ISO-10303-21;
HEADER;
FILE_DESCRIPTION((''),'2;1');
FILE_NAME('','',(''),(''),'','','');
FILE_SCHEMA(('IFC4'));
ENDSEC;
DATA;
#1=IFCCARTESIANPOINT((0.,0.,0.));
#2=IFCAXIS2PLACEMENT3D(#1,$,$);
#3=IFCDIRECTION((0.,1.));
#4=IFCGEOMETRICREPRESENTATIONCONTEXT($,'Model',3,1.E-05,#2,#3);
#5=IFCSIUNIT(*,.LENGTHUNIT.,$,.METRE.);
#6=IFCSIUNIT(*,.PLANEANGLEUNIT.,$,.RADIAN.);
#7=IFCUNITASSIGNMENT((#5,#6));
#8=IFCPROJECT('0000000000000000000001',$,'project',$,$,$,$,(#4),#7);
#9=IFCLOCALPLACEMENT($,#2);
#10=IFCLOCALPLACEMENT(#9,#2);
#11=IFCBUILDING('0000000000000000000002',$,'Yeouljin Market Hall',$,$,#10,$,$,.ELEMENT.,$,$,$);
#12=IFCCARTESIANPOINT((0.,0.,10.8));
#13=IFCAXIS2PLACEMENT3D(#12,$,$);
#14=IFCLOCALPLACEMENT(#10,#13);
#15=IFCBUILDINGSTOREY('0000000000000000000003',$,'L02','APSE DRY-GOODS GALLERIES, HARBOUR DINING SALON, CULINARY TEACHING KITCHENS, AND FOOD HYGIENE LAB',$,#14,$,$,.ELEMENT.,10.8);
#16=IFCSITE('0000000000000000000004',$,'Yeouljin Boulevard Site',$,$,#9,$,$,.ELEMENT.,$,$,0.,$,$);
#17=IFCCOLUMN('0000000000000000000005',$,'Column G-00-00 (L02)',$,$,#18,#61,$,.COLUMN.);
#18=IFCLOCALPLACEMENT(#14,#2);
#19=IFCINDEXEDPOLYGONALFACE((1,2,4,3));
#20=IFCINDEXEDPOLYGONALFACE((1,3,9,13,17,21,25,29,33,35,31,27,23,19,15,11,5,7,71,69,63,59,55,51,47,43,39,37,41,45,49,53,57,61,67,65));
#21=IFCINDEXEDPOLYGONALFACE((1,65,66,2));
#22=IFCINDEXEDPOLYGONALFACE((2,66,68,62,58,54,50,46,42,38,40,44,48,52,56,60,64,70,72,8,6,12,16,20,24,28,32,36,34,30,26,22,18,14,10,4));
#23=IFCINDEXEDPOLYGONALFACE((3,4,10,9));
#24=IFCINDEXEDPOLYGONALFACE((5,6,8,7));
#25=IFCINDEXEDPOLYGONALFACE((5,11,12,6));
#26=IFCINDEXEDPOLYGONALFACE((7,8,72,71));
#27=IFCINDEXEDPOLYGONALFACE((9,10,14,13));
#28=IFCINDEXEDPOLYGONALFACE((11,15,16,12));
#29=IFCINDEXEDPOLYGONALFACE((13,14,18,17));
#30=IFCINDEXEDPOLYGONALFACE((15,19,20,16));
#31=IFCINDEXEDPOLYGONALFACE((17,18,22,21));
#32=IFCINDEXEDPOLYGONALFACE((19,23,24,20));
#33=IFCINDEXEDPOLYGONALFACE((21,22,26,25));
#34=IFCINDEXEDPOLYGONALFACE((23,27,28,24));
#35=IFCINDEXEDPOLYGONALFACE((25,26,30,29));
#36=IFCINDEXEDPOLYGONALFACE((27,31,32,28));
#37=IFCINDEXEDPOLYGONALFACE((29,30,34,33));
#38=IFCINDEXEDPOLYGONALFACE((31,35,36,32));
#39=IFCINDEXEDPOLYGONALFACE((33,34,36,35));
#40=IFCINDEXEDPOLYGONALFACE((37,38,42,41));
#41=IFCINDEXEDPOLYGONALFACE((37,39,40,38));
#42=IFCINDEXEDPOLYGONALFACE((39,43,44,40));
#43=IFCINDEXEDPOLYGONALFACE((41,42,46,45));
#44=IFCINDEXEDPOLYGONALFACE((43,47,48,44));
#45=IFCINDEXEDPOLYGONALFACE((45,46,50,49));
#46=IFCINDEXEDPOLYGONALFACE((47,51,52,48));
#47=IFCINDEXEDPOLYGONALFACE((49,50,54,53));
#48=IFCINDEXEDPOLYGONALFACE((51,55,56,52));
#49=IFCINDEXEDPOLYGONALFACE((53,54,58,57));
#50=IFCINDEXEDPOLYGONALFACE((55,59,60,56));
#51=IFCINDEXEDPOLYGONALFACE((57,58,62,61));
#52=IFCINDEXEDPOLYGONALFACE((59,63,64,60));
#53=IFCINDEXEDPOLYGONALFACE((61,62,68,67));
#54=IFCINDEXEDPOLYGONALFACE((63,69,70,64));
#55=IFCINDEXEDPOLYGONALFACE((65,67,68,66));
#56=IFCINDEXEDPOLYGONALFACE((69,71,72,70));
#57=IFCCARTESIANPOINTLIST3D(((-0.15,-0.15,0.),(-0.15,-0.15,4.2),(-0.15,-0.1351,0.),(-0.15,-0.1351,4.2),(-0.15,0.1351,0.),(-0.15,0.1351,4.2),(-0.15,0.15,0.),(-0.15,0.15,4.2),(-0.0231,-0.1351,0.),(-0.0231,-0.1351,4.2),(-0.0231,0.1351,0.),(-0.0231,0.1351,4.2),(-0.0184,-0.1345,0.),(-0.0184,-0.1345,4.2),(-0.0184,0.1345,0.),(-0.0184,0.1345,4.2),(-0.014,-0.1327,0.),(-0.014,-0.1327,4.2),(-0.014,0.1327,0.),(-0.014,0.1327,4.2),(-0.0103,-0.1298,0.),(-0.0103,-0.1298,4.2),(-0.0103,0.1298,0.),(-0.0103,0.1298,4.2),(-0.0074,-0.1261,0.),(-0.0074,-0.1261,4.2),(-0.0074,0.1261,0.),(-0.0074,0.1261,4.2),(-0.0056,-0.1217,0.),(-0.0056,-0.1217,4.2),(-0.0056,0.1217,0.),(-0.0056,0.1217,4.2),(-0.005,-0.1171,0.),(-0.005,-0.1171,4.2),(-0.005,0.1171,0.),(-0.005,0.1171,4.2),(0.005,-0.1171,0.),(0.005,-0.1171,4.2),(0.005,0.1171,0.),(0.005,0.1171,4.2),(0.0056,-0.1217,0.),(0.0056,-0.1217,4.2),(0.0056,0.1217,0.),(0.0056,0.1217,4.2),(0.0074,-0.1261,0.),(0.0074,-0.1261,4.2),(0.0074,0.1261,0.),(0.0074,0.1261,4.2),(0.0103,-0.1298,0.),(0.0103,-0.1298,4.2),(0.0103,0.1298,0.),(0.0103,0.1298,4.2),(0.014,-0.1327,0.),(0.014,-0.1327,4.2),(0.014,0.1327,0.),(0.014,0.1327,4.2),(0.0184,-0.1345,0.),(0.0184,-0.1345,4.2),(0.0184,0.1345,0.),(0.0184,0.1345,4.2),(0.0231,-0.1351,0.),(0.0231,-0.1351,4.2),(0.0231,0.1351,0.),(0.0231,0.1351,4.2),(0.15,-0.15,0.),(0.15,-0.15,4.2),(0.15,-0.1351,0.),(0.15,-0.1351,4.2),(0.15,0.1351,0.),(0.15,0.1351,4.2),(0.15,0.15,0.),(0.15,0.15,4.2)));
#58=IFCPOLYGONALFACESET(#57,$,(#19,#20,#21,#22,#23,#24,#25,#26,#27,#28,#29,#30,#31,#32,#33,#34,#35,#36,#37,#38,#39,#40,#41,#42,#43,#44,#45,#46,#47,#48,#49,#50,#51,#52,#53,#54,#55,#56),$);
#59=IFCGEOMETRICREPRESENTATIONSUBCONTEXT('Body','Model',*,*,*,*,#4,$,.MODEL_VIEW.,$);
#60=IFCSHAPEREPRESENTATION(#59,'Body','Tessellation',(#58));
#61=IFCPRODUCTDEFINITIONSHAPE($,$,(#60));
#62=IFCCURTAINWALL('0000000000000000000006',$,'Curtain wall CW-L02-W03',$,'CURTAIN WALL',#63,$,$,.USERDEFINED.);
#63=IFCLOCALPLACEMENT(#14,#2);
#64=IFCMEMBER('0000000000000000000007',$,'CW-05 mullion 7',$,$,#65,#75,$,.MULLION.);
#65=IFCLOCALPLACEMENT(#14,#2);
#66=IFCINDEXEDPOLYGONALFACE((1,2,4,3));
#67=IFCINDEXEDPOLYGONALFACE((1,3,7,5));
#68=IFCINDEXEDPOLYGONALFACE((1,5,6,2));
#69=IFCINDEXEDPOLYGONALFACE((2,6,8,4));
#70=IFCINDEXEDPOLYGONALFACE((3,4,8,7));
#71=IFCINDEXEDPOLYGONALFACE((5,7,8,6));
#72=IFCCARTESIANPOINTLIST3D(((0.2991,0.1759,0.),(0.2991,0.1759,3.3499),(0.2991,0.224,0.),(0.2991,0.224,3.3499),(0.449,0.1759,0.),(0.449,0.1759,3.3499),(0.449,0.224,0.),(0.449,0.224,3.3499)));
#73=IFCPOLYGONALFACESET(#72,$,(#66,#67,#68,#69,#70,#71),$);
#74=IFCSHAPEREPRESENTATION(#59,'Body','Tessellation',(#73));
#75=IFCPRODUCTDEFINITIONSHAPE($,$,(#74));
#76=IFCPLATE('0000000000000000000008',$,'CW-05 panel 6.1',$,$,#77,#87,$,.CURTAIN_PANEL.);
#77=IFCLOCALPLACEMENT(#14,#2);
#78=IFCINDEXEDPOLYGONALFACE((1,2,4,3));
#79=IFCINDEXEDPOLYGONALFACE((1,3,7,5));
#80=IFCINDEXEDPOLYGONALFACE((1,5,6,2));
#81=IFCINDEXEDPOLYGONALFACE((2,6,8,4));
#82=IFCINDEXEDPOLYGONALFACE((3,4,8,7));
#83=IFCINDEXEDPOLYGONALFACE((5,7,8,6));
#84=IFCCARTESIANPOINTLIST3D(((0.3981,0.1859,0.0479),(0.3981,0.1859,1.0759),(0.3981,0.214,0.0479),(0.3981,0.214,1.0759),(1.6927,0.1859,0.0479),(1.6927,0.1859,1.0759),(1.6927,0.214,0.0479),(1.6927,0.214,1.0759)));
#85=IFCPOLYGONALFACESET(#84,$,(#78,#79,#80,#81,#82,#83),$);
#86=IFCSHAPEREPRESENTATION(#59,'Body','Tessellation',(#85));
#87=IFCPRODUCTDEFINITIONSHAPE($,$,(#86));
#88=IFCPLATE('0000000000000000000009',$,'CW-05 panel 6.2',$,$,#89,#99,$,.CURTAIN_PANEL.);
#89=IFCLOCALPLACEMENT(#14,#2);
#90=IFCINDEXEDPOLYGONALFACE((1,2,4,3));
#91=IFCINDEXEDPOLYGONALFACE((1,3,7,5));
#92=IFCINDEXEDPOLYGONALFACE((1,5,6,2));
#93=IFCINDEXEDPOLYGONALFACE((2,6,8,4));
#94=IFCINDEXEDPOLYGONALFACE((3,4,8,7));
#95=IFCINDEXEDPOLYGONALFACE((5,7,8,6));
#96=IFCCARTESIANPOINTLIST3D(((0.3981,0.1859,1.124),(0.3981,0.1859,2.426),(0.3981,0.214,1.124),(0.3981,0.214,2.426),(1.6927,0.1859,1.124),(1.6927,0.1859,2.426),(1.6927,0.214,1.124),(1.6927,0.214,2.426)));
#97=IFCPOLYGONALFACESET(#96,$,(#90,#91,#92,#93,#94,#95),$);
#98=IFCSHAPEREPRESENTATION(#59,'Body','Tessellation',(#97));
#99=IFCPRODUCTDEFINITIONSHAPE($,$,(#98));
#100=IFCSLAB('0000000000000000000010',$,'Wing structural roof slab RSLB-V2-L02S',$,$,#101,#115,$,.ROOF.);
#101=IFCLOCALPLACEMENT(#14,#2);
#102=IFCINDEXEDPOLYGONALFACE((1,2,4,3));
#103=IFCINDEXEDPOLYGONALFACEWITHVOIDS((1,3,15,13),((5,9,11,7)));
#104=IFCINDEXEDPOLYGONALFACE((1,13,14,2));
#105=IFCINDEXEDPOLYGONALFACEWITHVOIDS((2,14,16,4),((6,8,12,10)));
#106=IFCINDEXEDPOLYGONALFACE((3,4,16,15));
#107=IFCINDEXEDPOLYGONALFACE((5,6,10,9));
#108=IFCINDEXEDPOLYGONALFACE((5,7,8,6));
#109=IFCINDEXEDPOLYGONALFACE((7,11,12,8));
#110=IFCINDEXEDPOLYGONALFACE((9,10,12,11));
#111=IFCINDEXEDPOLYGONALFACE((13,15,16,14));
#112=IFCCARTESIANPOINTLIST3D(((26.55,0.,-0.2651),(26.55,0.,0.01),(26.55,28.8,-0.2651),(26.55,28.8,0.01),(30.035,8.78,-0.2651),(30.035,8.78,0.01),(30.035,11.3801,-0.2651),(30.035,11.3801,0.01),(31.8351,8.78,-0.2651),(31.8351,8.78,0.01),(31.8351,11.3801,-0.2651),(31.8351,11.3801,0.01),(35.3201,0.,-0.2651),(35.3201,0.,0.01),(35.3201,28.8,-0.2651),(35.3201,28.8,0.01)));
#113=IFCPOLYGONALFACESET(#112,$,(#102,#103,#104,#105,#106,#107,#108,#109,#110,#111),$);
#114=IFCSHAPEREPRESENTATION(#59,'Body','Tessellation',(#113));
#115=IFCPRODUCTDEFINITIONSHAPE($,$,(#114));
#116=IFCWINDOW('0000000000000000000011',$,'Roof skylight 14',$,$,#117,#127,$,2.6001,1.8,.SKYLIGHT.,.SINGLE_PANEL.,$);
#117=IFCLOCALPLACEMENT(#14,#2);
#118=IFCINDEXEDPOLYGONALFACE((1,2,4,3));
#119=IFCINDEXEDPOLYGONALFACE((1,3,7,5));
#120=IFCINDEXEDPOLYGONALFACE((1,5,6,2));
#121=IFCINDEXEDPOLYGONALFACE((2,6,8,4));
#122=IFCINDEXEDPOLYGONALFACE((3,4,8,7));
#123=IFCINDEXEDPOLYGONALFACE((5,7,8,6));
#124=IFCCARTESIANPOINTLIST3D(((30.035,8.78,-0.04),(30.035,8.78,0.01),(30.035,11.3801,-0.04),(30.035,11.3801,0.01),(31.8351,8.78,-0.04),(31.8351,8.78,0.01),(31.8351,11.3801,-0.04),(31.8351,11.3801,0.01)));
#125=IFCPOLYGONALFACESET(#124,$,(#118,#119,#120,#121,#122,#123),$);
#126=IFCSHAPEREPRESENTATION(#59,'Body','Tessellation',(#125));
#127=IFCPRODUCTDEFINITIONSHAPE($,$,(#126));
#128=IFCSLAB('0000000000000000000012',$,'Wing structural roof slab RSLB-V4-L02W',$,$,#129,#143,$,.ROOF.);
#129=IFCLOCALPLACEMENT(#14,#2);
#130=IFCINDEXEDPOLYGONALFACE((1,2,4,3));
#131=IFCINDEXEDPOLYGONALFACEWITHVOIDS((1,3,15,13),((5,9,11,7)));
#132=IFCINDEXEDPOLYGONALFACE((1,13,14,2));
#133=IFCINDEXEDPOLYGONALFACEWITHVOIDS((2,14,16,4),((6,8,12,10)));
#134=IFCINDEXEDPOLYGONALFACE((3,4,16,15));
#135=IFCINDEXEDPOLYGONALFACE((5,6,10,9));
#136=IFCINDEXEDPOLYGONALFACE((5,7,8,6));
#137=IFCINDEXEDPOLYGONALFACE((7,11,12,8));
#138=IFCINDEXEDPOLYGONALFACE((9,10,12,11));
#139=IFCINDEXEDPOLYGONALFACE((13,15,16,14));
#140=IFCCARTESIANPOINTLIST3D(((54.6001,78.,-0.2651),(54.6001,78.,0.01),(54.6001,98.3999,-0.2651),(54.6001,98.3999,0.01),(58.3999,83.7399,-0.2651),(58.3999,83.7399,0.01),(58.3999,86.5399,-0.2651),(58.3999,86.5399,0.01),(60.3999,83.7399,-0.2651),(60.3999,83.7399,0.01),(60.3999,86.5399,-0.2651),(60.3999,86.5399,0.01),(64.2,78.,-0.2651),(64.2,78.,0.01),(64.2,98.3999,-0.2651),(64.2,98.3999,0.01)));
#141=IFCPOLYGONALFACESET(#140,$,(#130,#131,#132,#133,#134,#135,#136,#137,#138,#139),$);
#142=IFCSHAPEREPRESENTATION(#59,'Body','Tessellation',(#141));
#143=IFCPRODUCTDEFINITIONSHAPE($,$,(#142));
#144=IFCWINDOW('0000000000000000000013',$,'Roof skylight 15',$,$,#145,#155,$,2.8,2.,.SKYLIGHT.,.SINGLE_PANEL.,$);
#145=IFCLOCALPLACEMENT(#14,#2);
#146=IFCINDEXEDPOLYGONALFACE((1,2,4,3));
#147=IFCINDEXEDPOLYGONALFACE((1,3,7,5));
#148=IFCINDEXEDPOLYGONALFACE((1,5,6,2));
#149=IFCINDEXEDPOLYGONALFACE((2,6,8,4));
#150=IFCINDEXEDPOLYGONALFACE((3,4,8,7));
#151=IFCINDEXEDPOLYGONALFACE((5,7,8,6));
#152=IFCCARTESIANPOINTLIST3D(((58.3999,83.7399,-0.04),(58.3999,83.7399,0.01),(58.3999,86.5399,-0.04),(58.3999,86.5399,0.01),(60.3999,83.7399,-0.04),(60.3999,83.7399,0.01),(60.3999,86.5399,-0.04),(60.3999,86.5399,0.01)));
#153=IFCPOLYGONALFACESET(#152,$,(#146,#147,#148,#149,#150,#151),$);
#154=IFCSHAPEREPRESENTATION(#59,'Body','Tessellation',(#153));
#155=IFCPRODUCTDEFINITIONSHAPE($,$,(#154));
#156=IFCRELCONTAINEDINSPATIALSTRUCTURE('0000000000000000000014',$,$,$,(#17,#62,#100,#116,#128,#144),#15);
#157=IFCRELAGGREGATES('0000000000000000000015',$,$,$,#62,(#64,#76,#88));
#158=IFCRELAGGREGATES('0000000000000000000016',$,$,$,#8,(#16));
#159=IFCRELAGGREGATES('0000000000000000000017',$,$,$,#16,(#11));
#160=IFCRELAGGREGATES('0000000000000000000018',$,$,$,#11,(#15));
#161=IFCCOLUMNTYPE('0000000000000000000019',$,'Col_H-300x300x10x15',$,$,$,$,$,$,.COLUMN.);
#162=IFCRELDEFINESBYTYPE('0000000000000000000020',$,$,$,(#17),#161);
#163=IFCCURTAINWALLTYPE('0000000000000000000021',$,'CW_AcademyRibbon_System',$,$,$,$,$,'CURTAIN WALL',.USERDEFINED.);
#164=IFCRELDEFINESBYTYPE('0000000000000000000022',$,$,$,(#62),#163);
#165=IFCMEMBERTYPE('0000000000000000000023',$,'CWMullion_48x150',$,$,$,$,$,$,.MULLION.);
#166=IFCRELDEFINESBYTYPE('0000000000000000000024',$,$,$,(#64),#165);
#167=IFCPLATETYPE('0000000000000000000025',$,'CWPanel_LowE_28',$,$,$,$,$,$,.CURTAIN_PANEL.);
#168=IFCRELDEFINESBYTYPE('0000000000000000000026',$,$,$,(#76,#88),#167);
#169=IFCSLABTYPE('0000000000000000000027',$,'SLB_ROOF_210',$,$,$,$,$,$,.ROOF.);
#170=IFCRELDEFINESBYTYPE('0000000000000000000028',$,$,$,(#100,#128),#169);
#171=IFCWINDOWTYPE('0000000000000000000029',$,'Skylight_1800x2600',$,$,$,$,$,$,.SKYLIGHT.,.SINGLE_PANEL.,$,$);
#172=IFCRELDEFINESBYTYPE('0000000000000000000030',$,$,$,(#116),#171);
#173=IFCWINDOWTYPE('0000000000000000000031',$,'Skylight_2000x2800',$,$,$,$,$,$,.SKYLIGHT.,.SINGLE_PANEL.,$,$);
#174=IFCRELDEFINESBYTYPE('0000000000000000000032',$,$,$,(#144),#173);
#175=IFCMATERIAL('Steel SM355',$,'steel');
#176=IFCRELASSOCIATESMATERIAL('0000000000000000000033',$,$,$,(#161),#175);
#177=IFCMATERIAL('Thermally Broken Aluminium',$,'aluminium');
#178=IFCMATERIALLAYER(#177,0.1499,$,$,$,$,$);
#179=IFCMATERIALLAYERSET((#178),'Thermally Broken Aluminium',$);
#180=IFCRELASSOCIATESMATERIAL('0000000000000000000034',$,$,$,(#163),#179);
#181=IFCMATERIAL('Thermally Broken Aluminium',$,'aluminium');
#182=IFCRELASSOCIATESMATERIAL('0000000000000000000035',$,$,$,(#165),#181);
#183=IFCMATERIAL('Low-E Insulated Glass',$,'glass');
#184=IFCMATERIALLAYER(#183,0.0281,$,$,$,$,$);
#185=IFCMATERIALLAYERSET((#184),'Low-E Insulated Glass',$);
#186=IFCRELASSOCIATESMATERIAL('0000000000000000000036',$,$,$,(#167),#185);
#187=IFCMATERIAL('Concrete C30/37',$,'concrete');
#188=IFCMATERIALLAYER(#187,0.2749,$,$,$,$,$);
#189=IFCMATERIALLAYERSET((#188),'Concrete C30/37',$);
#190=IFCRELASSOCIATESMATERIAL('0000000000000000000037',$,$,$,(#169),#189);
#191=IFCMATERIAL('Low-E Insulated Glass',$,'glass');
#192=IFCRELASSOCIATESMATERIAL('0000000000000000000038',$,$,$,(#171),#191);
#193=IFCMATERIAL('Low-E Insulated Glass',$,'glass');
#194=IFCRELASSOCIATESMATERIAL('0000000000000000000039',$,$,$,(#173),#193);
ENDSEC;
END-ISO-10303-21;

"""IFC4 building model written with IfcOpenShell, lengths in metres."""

from ifc_helpers import new_model, si_unit, direction, frame, origin, origin_with_axes, origin_2d, place, context, subcontext, project, spatial, polyline, rectangle, i_section, outline, extrude, material, layer, layer_set, material_profile, profile_set, type_object, element, fill, aggregate, save


model = new_model("IFC4")

# Units and contexts
model_context = context("Model", 3, precision=1e-05, world=origin(), true_north=direction((0.0, 1.0)))
body_context = subcontext(model_context, "Body", "Model", "MODEL_VIEW")
ifc_project = project(units=[si_unit("LENGTHUNIT", "METRE"), si_unit("PLANEANGLEUNIT", "RADIAN")], contexts=[model_context])

# Site, building, storey
site_placement = place(None, origin())
site = spatial("IfcSite", under=ifc_project, at=site_placement, Name="Yeouljin Boulevard Site", CompositionType="ELEMENT", RefElevation=0.0)
building_placement = place(site_placement, origin())
building = spatial("IfcBuilding", under=site, at=building_placement, Name="Yeouljin Market Hall", CompositionType="ELEMENT")
storey_placement = place(building_placement, frame((0.0, 0.0, 10.8)))
storey = spatial("IfcBuildingStorey", under=building, at=storey_placement, Name="L02", Description="APSE DRY-GOODS GALLERIES, HARBOUR DINING SALON, CULINARY TEACHING KITCHENS, AND FOOD HYGIENE LAB", CompositionType="ELEMENT", Elevation=10.8)

# Column
ifc_material_1 = material(Name="Steel SM355", Category="steel")
ifc_material_profile_1 = material_profile(ifc_material_1, i_section(OverallWidth=0.3, OverallDepth=0.3, WebThickness=0.01, FlangeThickness=0.0149, FilletRadius=0.0181, at=origin_2d()), Name="H-300x300x10x15")
ifc_profile_set_1 = profile_set([ifc_material_profile_1], Name="Steel SM355")
column_type = type_object("IfcColumnType", Name="Col_H-300x300x10x15", PredefinedType="COLUMN", material=ifc_profile_set_1)
column_placement = place(storey_placement, origin_with_axes())
element("IfcColumn", 1, at=column_placement, inside=storey, type_object=column_type, Name="Column G-00-00 (L02)", PredefinedType="COLUMN", context=body_context, shape_type="SweptSolid", body=[
    extrude(i_section(OverallWidth=0.3, OverallDepth=0.3, WebThickness=0.01, FlangeThickness=0.0149, FilletRadius=0.0181, at=origin_2d()), origin(), (0.0, 0.0, 1.0), 4.2),
])

# Curtain wall, member, plates
ifc_material_2 = material(Name="Thermally Broken Aluminium", Category="aluminium")
ifc_layer_1 = layer(ifc_material_2, 0.1499)
ifc_layer_set_1 = layer_set([ifc_layer_1], Name="Thermally Broken Aluminium")
curtain_wall_type = type_object("IfcCurtainWallType", Name="CW_AcademyRibbon_System", ElementType="CURTAIN WALL", PredefinedType="USERDEFINED", material=ifc_layer_set_1)
curtain_wall_placement = place(storey_placement, origin())
curtain_wall = element("IfcCurtainWall", 2, at=curtain_wall_placement, inside=storey, type_object=curtain_wall_type, Name="Curtain wall CW-L02-W03", ObjectType="CURTAIN WALL", PredefinedType="USERDEFINED")
ifc_material_3 = material(Name="Thermally Broken Aluminium", Category="aluminium")
ifc_material_profile_2 = material_profile(ifc_material_3, rectangle(XDim=0.0481, YDim=0.1499, at=origin_2d()), Name="CW-MULL-48x150")
ifc_profile_set_2 = profile_set([ifc_material_profile_2], Name="Thermally Broken Aluminium")
member_type = type_object("IfcMemberType", Name="CWMullion_48x150", PredefinedType="MULLION", material=ifc_profile_set_2)
member_placement = place(storey_placement, frame((0.374, 0.2, 0.0), z_axis=(0.0, 0.0, 1.0), x_axis=(0.0, -1.0, 0.0)))
member = element("IfcMember", 3, at=member_placement, type_object=member_type, Name="CW-05 mullion 7", PredefinedType="MULLION", context=body_context, shape_type="SweptSolid", body=[
    extrude(rectangle(XDim=0.0481, YDim=0.1499, at=origin_2d()), origin(), (0.0, 0.0, 1.0), 3.3499),
])
ifc_material_4 = material(Name="Low-E Insulated Glass", Category="glass")
ifc_layer_2 = layer(ifc_material_4, 0.0281)
ifc_layer_set_2 = layer_set([ifc_layer_2], Name="Low-E Insulated Glass")
plate_type = type_object("IfcPlateType", Name="CWPanel_LowE_28", PredefinedType="CURTAIN_PANEL", material=ifc_layer_set_2)
plate_1_placement = place(storey_placement, frame((1.0454, 0.2, 0.0479), z_axis=(0.0, 0.0, 1.0), x_axis=(-1.0, 0.0, 0.0)))
plate_1 = element("IfcPlate", 4, at=plate_1_placement, type_object=plate_type, Name="CW-05 panel 6.1", PredefinedType="CURTAIN_PANEL", context=body_context, shape_type="SweptSolid", body=[
    extrude(rectangle(XDim=1.2947, YDim=0.0281, at=origin_2d()), origin(), (0.0, 0.0, 1.0), 1.0281),
])
plate_2_placement = place(storey_placement, frame((1.0454, 0.2, 1.124), z_axis=(0.0, 0.0, 1.0), x_axis=(-1.0, 0.0, 0.0)))
plate_2 = element("IfcPlate", 5, at=plate_2_placement, type_object=plate_type, Name="CW-05 panel 6.2", PredefinedType="CURTAIN_PANEL", context=body_context, shape_type="SweptSolid", body=[
    extrude(rectangle(XDim=1.2947, YDim=0.0281, at=origin_2d()), origin(), (0.0, 0.0, 1.0), 1.302),
])
aggregate(curtain_wall, [member, plate_1, plate_2])

# Slabs, openings, windows
ifc_material_5 = material(Name="Concrete C30/37", Category="concrete")
ifc_layer_3 = layer(ifc_material_5, 0.2749)
ifc_layer_set_3 = layer_set([ifc_layer_3], Name="Concrete C30/37")
slab_type_1 = type_object("IfcSlabType", Name="SLB_ROOF_210", PredefinedType="ROOF", material=ifc_layer_set_3)
slab_1_placement = place(storey_placement, frame((0.0, 0.0, -0.2651)))
slab_1 = element("IfcSlab", 6, at=slab_1_placement, inside=storey, type_object=slab_type_1, Name="Wing structural roof slab RSLB-V2-L02S", PredefinedType="ROOF", context=body_context, shape_type="SweptSolid", body=[
    extrude(outline(polyline([(26.55, 0.0), (35.3201, 0.0), (35.3201, 28.8), (26.55, 28.8), (26.55, 0.0)])), origin(), (0.0, 0.0, 1.0), 0.2751),
])
opening_1_placement = place(slab_1_placement, frame((30.9351, 10.0801, 0.0)))
opening_1 = element("IfcOpeningElement", 7, at=opening_1_placement, cuts=slab_1, PredefinedType="OPENING", context=body_context, shape_type="SweptSolid", body=[
    extrude(rectangle(XDim=1.8, YDim=2.6001, at=origin_2d()), origin(), (0.0, 0.0, 1.0), 0.2751),
])
ifc_material_6 = material(Name="Low-E Insulated Glass", Category="glass")
window_type_1 = type_object("IfcWindowType", Name="Skylight_1800x2600", PartitioningType="SINGLE_PANEL", PredefinedType="SKYLIGHT", material=ifc_material_6)
window_1_placement = place(opening_1_placement, frame((0.0, 0.0, 0.2251)))
window_1 = element("IfcWindow", 8, at=window_1_placement, inside=storey, type_object=window_type_1, Name="Roof skylight 14", OverallHeight=2.6001, OverallWidth=1.8, PartitioningType="SINGLE_PANEL", PredefinedType="SKYLIGHT", context=body_context, shape_type="SweptSolid", body=[
    extrude(rectangle(XDim=1.8, YDim=2.6001, at=origin_2d()), origin(), (0.0, 0.0, 1.0), 0.05),
])
fill(opening_1, window_1)
slab_2_placement = place(storey_placement, frame((0.0, 0.0, -0.2651)))
slab_2 = element("IfcSlab", 9, at=slab_2_placement, inside=storey, type_object=slab_type_1, Name="Wing structural roof slab RSLB-V4-L02W", PredefinedType="ROOF", context=body_context, shape_type="SweptSolid", body=[
    extrude(outline(polyline([(54.6001, 78.0), (64.2, 78.0), (64.2, 98.3999), (54.6001, 98.3999), (54.6001, 78.0)])), origin(), (0.0, 0.0, 1.0), 0.2751),
])
opening_2_placement = place(slab_2_placement, frame((59.3999, 85.1399, 0.0)))
opening_2 = element("IfcOpeningElement", 10, at=opening_2_placement, cuts=slab_2, PredefinedType="OPENING", context=body_context, shape_type="SweptSolid", body=[
    extrude(rectangle(XDim=2.0, YDim=2.8, at=origin_2d()), origin(), (0.0, 0.0, 1.0), 0.2751),
])
ifc_material_7 = material(Name="Low-E Insulated Glass", Category="glass")
window_type_2 = type_object("IfcWindowType", Name="Skylight_2000x2800", PartitioningType="SINGLE_PANEL", PredefinedType="SKYLIGHT", material=ifc_material_7)
window_2_placement = place(opening_2_placement, frame((0.0, 0.0, 0.2251)))
window_2 = element("IfcWindow", 11, at=window_2_placement, inside=storey, type_object=window_type_2, Name="Roof skylight 15", OverallHeight=2.8, OverallWidth=2.0, PartitioningType="SINGLE_PANEL", PredefinedType="SKYLIGHT", context=body_context, shape_type="SweptSolid", body=[
    extrude(rectangle(XDim=2.0, YDim=2.8, at=origin_2d()), origin(), (0.0, 0.0, 1.0), 0.05),
])
fill(opening_2, window_2)

save(model, "model.ifc")
